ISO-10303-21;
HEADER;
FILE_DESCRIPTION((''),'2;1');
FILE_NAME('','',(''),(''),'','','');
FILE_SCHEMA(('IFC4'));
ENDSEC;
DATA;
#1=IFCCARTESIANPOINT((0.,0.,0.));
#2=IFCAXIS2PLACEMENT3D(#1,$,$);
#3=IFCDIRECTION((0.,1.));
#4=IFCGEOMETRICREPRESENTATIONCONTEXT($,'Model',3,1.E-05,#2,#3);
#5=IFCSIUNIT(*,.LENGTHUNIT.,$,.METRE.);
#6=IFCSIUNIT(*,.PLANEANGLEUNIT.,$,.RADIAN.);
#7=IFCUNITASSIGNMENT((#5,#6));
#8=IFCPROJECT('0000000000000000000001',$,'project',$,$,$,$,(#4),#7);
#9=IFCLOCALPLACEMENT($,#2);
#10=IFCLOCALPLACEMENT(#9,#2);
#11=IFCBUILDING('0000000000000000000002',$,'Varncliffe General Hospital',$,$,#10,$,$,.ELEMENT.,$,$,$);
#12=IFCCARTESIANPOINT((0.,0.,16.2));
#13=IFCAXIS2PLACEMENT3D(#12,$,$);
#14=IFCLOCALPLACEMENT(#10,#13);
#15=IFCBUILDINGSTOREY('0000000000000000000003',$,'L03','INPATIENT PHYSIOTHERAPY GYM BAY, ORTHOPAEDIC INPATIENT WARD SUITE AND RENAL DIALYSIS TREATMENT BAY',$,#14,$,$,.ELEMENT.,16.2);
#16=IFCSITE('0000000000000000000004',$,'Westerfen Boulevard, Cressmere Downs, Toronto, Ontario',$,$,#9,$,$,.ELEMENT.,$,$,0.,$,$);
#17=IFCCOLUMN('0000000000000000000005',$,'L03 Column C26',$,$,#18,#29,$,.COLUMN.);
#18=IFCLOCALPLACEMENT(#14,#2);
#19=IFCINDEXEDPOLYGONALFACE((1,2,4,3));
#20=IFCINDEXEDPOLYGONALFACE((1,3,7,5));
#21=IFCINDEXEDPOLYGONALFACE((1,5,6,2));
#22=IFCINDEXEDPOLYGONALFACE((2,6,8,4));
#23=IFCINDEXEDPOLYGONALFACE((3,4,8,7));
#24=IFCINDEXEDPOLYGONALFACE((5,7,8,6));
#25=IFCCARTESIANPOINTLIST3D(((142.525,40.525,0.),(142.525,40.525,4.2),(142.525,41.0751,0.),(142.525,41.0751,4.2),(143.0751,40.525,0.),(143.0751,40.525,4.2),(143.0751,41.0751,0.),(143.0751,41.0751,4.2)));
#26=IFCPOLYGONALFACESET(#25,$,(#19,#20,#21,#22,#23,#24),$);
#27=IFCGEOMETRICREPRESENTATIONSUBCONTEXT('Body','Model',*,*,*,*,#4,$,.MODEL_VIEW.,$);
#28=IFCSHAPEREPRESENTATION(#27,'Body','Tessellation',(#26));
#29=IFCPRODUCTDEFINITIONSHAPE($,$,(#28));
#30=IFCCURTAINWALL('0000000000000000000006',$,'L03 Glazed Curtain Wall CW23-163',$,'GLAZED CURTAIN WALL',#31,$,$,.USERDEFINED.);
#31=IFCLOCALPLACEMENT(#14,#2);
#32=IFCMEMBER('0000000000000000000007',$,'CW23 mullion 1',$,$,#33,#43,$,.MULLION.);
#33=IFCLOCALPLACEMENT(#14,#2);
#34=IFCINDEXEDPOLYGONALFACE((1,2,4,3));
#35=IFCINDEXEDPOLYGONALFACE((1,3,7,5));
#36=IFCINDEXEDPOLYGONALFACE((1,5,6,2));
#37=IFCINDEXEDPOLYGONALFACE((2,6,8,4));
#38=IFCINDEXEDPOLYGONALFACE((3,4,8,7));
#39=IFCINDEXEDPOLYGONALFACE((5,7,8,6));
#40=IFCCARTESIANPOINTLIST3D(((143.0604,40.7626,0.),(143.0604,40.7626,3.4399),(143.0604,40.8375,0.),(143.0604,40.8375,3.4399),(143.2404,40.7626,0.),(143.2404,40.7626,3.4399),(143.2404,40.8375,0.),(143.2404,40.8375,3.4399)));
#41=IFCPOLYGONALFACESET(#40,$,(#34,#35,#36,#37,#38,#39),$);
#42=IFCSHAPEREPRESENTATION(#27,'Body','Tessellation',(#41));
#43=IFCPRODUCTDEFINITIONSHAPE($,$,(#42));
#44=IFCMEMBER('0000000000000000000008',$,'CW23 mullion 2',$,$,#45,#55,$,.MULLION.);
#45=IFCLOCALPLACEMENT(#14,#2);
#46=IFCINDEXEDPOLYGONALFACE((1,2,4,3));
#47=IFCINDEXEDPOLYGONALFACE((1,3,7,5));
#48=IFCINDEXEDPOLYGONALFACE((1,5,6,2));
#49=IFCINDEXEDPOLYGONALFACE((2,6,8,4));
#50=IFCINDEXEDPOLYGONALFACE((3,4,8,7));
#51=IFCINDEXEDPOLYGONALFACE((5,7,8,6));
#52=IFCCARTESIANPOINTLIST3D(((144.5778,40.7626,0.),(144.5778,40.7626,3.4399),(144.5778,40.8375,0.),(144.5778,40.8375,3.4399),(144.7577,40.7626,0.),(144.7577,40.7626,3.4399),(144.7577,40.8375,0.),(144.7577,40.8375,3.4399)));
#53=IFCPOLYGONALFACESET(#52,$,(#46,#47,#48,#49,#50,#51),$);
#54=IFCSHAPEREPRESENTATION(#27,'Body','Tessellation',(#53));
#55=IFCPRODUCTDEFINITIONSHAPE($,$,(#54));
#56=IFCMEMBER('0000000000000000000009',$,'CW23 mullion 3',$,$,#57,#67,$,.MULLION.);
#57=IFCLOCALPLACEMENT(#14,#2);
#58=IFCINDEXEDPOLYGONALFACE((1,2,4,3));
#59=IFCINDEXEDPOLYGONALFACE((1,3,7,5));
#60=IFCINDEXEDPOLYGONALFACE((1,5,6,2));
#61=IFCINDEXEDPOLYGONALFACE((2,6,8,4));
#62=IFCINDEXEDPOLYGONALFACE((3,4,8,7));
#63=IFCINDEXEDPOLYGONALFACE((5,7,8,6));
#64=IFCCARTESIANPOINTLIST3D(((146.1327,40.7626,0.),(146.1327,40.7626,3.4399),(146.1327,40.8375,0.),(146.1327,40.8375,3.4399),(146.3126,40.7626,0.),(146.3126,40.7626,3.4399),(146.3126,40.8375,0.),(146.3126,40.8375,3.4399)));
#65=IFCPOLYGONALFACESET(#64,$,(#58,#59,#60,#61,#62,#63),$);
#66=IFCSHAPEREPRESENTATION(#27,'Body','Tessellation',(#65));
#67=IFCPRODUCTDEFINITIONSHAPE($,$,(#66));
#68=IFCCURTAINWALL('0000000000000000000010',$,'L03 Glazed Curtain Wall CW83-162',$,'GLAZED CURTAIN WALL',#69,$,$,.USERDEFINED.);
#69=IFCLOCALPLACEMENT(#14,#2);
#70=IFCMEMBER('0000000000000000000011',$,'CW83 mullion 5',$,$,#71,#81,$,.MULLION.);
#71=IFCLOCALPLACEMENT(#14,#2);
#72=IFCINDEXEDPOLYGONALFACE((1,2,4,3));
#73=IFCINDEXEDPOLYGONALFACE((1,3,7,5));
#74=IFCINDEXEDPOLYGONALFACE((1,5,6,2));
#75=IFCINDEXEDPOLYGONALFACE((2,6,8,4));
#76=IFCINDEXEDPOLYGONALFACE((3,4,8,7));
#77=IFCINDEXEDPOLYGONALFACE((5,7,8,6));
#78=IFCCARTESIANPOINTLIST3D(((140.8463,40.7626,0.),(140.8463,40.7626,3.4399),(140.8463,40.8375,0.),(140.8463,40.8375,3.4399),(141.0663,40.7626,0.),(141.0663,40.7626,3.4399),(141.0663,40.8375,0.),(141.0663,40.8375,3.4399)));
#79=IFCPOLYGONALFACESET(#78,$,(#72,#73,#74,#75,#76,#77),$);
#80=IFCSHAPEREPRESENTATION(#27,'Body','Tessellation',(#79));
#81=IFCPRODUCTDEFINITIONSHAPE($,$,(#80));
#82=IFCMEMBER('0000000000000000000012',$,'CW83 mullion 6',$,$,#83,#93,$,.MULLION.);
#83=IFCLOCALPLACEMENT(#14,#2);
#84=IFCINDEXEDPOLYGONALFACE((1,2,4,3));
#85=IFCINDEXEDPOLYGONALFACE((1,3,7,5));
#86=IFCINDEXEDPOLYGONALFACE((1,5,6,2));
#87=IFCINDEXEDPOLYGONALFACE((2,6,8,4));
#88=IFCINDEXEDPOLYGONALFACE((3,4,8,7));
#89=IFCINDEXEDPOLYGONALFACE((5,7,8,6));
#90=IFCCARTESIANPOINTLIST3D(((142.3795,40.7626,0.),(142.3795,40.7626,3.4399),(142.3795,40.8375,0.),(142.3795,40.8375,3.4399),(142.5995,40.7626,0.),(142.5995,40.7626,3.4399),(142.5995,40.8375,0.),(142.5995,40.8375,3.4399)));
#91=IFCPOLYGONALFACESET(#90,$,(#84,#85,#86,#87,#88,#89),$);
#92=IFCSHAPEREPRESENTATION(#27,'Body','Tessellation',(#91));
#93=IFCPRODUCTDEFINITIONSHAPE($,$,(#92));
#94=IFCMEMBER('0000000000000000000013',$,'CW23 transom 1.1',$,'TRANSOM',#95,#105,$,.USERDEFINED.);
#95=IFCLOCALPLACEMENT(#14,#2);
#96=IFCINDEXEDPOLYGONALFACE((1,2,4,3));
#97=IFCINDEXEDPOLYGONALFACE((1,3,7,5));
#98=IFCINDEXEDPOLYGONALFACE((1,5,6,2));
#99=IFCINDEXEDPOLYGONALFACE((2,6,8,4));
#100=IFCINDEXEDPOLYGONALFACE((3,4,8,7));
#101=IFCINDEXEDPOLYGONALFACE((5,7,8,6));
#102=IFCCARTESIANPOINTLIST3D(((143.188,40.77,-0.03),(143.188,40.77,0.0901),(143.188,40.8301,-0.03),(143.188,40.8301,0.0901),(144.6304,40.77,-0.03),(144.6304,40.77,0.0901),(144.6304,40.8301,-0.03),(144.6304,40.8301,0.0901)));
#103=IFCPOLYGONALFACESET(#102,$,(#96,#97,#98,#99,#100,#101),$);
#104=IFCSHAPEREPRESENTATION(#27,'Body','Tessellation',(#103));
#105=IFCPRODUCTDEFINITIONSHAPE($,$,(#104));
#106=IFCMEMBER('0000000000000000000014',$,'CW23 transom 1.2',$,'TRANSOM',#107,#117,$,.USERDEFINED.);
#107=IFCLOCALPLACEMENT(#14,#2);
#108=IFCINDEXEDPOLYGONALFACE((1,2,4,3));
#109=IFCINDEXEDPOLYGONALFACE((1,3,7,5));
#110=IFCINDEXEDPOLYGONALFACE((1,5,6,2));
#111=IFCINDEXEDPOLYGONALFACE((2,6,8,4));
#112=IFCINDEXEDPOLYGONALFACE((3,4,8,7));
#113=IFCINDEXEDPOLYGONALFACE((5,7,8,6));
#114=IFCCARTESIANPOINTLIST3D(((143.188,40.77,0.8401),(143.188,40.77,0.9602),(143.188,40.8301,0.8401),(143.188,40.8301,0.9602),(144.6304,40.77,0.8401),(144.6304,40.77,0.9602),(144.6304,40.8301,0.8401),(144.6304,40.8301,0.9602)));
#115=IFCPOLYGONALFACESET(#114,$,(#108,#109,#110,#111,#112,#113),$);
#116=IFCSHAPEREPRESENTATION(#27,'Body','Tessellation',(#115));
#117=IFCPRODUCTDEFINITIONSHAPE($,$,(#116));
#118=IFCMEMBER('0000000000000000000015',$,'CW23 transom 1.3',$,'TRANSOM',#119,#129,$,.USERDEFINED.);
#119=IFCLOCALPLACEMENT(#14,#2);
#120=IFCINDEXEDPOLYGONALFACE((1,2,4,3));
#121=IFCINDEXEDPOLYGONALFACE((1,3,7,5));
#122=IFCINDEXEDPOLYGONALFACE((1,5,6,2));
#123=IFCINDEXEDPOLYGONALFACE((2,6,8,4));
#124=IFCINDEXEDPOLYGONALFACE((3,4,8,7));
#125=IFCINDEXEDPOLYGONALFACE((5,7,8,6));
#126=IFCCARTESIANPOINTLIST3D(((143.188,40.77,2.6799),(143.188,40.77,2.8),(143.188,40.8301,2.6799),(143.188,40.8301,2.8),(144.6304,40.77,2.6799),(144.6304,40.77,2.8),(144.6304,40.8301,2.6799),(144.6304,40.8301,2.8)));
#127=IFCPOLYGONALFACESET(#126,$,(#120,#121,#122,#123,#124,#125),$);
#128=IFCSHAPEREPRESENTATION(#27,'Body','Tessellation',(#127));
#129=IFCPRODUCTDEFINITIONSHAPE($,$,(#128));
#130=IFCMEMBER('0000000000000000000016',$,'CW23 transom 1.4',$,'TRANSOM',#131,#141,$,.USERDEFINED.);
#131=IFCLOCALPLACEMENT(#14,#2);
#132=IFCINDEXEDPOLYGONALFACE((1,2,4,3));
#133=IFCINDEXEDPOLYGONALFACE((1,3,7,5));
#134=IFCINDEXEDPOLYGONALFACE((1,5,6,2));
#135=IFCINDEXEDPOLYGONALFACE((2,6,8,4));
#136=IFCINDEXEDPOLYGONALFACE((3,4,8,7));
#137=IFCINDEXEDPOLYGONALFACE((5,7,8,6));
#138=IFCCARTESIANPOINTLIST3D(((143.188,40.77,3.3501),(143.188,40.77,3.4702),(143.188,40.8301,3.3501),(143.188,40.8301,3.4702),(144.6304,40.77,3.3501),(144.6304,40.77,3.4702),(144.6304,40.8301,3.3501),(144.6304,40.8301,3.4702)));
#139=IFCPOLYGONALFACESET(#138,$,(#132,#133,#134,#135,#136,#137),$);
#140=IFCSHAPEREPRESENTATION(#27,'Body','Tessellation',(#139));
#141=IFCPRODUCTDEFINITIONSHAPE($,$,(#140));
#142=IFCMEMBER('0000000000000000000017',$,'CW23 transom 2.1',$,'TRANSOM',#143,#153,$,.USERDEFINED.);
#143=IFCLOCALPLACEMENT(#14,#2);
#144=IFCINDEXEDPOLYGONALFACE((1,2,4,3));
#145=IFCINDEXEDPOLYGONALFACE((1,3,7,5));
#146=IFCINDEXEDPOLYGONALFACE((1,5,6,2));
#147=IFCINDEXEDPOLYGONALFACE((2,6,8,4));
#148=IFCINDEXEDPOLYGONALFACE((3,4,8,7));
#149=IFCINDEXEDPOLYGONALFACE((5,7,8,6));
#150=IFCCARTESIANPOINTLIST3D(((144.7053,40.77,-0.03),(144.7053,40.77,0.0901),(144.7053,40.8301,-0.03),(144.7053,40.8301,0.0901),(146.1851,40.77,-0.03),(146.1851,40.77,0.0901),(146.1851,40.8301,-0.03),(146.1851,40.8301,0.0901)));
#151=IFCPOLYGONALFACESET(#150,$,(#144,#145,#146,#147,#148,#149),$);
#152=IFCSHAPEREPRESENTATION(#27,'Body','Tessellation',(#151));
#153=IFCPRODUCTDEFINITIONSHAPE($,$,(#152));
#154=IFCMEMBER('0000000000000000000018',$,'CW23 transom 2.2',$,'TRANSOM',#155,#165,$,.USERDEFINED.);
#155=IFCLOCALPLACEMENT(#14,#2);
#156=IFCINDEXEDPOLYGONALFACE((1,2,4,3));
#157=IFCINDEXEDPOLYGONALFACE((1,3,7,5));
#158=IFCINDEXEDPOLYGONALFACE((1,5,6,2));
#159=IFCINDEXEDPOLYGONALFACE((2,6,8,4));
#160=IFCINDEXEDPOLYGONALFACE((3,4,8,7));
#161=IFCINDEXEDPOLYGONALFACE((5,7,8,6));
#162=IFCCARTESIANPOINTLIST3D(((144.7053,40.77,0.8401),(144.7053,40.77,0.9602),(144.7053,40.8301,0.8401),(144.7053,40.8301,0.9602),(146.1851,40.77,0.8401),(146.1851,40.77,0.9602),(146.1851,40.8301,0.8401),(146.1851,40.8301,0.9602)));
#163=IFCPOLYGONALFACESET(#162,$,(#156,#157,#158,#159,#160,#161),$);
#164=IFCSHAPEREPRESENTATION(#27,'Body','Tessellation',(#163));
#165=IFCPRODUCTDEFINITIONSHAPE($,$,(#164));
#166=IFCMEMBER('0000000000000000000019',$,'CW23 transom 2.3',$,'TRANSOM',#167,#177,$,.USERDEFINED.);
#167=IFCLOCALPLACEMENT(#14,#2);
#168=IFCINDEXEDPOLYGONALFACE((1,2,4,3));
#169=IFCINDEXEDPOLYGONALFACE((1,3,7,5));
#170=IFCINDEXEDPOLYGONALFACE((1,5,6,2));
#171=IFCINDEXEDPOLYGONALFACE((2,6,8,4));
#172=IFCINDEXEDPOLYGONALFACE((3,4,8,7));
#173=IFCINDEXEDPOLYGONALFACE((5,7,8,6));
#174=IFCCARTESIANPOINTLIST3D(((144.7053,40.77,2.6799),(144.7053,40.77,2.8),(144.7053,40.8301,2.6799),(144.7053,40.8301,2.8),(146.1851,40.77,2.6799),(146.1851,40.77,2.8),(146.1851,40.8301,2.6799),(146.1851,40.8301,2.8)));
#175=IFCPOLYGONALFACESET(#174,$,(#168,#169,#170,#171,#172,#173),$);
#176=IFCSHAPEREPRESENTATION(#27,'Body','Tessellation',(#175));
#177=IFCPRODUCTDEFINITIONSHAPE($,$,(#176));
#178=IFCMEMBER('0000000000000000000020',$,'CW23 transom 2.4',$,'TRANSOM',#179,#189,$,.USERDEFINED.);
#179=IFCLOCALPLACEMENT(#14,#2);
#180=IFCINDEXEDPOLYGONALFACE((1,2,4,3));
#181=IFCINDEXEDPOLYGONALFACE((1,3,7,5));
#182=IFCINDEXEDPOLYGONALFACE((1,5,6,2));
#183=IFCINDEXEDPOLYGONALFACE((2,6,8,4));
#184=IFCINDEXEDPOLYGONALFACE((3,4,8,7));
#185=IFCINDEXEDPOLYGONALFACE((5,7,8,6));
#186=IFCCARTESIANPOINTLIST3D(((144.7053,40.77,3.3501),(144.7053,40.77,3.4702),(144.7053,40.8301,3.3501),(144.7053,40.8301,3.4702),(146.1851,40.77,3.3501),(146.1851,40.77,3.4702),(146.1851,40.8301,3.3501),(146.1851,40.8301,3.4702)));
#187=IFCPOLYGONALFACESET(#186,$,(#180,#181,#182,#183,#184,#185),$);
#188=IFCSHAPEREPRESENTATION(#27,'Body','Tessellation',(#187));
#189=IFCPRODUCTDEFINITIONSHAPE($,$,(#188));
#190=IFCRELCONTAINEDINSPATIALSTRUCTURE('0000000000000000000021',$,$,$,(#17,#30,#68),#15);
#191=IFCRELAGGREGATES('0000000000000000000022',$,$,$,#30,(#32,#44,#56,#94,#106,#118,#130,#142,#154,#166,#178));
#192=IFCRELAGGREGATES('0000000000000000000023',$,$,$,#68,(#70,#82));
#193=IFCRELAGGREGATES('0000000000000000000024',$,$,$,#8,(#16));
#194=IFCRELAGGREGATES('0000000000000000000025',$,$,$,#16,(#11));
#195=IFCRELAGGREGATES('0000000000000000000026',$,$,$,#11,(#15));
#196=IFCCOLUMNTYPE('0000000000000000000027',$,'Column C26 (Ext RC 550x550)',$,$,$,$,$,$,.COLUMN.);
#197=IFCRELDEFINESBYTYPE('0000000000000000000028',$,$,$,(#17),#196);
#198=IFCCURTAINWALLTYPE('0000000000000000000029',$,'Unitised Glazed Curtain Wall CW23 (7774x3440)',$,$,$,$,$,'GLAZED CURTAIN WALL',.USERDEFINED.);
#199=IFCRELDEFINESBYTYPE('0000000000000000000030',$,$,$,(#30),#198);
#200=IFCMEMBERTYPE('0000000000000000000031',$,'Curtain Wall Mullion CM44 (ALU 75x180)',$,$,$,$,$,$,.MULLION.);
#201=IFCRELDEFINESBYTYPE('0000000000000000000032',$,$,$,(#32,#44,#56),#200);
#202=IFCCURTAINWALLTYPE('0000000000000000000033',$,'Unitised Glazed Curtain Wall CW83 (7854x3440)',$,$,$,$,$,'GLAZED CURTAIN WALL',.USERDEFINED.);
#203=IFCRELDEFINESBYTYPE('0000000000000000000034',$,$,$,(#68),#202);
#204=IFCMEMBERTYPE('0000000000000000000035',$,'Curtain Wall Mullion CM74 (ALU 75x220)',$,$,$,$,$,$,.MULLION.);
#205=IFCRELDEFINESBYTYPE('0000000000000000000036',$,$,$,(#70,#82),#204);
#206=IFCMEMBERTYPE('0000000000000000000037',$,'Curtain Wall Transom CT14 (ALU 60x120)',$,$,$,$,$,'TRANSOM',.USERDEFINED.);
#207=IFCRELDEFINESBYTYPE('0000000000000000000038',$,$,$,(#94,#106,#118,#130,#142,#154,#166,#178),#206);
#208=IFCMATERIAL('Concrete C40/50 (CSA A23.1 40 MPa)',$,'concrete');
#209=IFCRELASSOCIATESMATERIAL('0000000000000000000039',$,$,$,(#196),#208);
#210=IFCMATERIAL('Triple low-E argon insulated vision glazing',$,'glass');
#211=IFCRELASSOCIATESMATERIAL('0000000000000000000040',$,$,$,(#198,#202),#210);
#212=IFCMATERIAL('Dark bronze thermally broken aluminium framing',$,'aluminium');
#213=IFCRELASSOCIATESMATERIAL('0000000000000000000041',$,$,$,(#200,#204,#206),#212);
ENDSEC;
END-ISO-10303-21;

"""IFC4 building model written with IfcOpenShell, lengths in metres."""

from ifc_helpers import new_model, si_unit, direction, frame, origin, origin_2d, place, context, subcontext, project, spatial, rectangle, extrude, material, material_profile, profile_set, type_object, element, aggregate, save


model = new_model("IFC4")

# Units and contexts
model_context = context("Model", 3, precision=1e-05, world=origin(), true_north=direction((0.0, 1.0)))
body_context = subcontext(model_context, "Body", "Model", "MODEL_VIEW")
ifc_project = project(units=[si_unit("LENGTHUNIT", "METRE"), si_unit("PLANEANGLEUNIT", "RADIAN")], contexts=[model_context])

# Site, building, storey
site_placement = place(None, origin())
site = spatial("IfcSite", under=ifc_project, at=site_placement, Name="Westerfen Boulevard, Cressmere Downs, Toronto, Ontario", CompositionType="ELEMENT", RefElevation=0.0)
building_placement = place(site_placement, origin())
building = spatial("IfcBuilding", under=site, at=building_placement, Name="Varncliffe General Hospital", CompositionType="ELEMENT")
storey_placement = place(building_placement, frame((0.0, 0.0, 16.2)))
storey = spatial("IfcBuildingStorey", under=building, at=storey_placement, Name="L03", Description="INPATIENT PHYSIOTHERAPY GYM BAY, ORTHOPAEDIC INPATIENT WARD SUITE AND RENAL DIALYSIS TREATMENT BAY", CompositionType="ELEMENT", Elevation=16.2)

# Column
ifc_material_1 = material(Name="Concrete C40/50 (CSA A23.1 40 MPa)", Category="concrete")
ifc_material_profile_1 = material_profile(ifc_material_1, rectangle(XDim=0.55, YDim=0.55, at=origin_2d()), Name="RC 550x550")
ifc_profile_set_1 = profile_set([ifc_material_profile_1], Name="Concrete C40/50 (CSA A23.1 40 MPa)")
column_type = type_object("IfcColumnType", Name="Column C26 (Ext RC 550x550)", PredefinedType="COLUMN", material=ifc_profile_set_1)
column_placement = place(storey_placement, frame((142.8, 40.8, 0.0), z_axis=(0.0, 0.0, 1.0), x_axis=(1.0, 0.0, 0.0)))
element("IfcColumn", 1, at=column_placement, inside=storey, type_object=column_type, Name="L03 Column C26", PredefinedType="COLUMN", context=body_context, shape_type="SweptSolid", body=[
    extrude(rectangle(XDim=0.55, YDim=0.55, at=origin_2d()), origin(), (0.0, 0.0, 1.0), 4.2),
])

# Curtain walls, members
ifc_material_2 = material(Name="Triple low-E argon insulated vision glazing", Category="glass")
curtain_wall_type_1 = type_object("IfcCurtainWallType", Name="Unitised Glazed Curtain Wall CW23 (7774x3440)", ElementType="GLAZED CURTAIN WALL", PredefinedType="USERDEFINED", material=ifc_material_2)
curtain_wall_1_placement = place(storey_placement, origin())
curtain_wall_1 = element("IfcCurtainWall", 2, at=curtain_wall_1_placement, inside=storey, type_object=curtain_wall_type_1, Name="L03 Glazed Curtain Wall CW23-163", ObjectType="GLAZED CURTAIN WALL", PredefinedType="USERDEFINED")
ifc_material_3 = material(Name="Dark bronze thermally broken aluminium framing", Category="aluminium")
ifc_material_profile_2 = material_profile(ifc_material_3, rectangle(XDim=0.075, YDim=0.1799, at=origin_2d()), Name="ALU 75x180")
ifc_profile_set_2 = profile_set([ifc_material_profile_2], Name="Dark bronze thermally broken aluminium framing")
member_type_1 = type_object("IfcMemberType", Name="Curtain Wall Mullion CM44 (ALU 75x180)", PredefinedType="MULLION", material=ifc_profile_set_2)
member_1_placement = place(storey_placement, frame((143.1504, 40.8, 0.0), z_axis=(0.0, 0.0, 1.0), x_axis=(0.0, 1.0, 0.0)))
member_1 = element("IfcMember", 3, at=member_1_placement, type_object=member_type_1, Name="CW23 mullion 1", PredefinedType="MULLION", context=body_context, shape_type="SweptSolid", body=[
    extrude(rectangle(XDim=0.075, YDim=0.1799, at=origin_2d()), origin(), (0.0, 0.0, 1.0), 3.4399),
])
member_2_placement = place(storey_placement, frame((144.6677, 40.8, 0.0), z_axis=(0.0, 0.0, 1.0), x_axis=(0.0, 1.0, 0.0)))
member_2 = element("IfcMember", 4, at=member_2_placement, type_object=member_type_1, Name="CW23 mullion 2", PredefinedType="MULLION", context=body_context, shape_type="SweptSolid", body=[
    extrude(rectangle(XDim=0.075, YDim=0.1799, at=origin_2d()), origin(), (0.0, 0.0, 1.0), 3.4399),
])
member_3_placement = place(storey_placement, frame((146.2227, 40.8, 0.0), z_axis=(0.0, 0.0, 1.0), x_axis=(0.0, 1.0, 0.0)))
member_3 = element("IfcMember", 5, at=member_3_placement, type_object=member_type_1, Name="CW23 mullion 3", PredefinedType="MULLION", context=body_context, shape_type="SweptSolid", body=[
    extrude(rectangle(XDim=0.075, YDim=0.1799, at=origin_2d()), origin(), (0.0, 0.0, 1.0), 3.4399),
])
curtain_wall_type_2 = type_object("IfcCurtainWallType", Name="Unitised Glazed Curtain Wall CW83 (7854x3440)", ElementType="GLAZED CURTAIN WALL", PredefinedType="USERDEFINED", material=ifc_material_2)
curtain_wall_2_placement = place(storey_placement, origin())
curtain_wall_2 = element("IfcCurtainWall", 6, at=curtain_wall_2_placement, inside=storey, type_object=curtain_wall_type_2, Name="L03 Glazed Curtain Wall CW83-162", ObjectType="GLAZED CURTAIN WALL", PredefinedType="USERDEFINED")
ifc_material_profile_3 = material_profile(ifc_material_3, rectangle(XDim=0.075, YDim=0.22, at=origin_2d()), Name="ALU 75x220")
ifc_profile_set_3 = profile_set([ifc_material_profile_3], Name="Dark bronze thermally broken aluminium framing")
member_type_2 = type_object("IfcMemberType", Name="Curtain Wall Mullion CM74 (ALU 75x220)", PredefinedType="MULLION", material=ifc_profile_set_3)
member_4_placement = place(storey_placement, frame((140.9563, 40.8, 0.0), z_axis=(0.0, 0.0, 1.0), x_axis=(0.0, 1.0, 0.0)))
member_4 = element("IfcMember", 7, at=member_4_placement, type_object=member_type_2, Name="CW83 mullion 5", PredefinedType="MULLION", context=body_context, shape_type="SweptSolid", body=[
    extrude(rectangle(XDim=0.075, YDim=0.22, at=origin_2d()), origin(), (0.0, 0.0, 1.0), 3.4399),
])
member_5_placement = place(storey_placement, frame((142.4895, 40.8, 0.0), z_axis=(0.0, 0.0, 1.0), x_axis=(0.0, 1.0, 0.0)))
member_5 = element("IfcMember", 8, at=member_5_placement, type_object=member_type_2, Name="CW83 mullion 6", PredefinedType="MULLION", context=body_context, shape_type="SweptSolid", body=[
    extrude(rectangle(XDim=0.075, YDim=0.22, at=origin_2d()), origin(), (0.0, 0.0, 1.0), 3.4399),
])

# Members
ifc_material_profile_4 = material_profile(ifc_material_3, rectangle(XDim=0.0601, YDim=0.1201, at=origin_2d()), Name="ALU 60x120")
ifc_profile_set_4 = profile_set([ifc_material_profile_4], Name="Dark bronze thermally broken aluminium framing")
member_type_3 = type_object("IfcMemberType", Name="Curtain Wall Transom CT14 (ALU 60x120)", ElementType="TRANSOM", PredefinedType="USERDEFINED", material=ifc_profile_set_4)
member_6_placement = place(storey_placement, frame((143.188, 40.8, 0.03), z_axis=(1.0, 0.0, 0.0), x_axis=(0.0, 1.0, 0.0)))
member_6 = element("IfcMember", 9, at=member_6_placement, type_object=member_type_3, Name="CW23 transom 1.1", ObjectType="TRANSOM", PredefinedType="USERDEFINED", context=body_context, shape_type="SweptSolid", body=[
    extrude(rectangle(XDim=0.0601, YDim=0.1201, at=origin_2d()), origin(), (0.0, 0.0, 1.0), 1.4424),
])
member_7_placement = place(storey_placement, frame((143.188, 40.8, 0.9001), z_axis=(1.0, 0.0, 0.0), x_axis=(0.0, 1.0, 0.0)))
member_7 = element("IfcMember", 10, at=member_7_placement, type_object=member_type_3, Name="CW23 transom 1.2", ObjectType="TRANSOM", PredefinedType="USERDEFINED", context=body_context, shape_type="SweptSolid", body=[
    extrude(rectangle(XDim=0.0601, YDim=0.1201, at=origin_2d()), origin(), (0.0, 0.0, 1.0), 1.4424),
])
member_8_placement = place(storey_placement, frame((143.188, 40.8, 2.74), z_axis=(1.0, 0.0, 0.0), x_axis=(0.0, 1.0, 0.0)))
member_8 = element("IfcMember", 11, at=member_8_placement, type_object=member_type_3, Name="CW23 transom 1.3", ObjectType="TRANSOM", PredefinedType="USERDEFINED", context=body_context, shape_type="SweptSolid", body=[
    extrude(rectangle(XDim=0.0601, YDim=0.1201, at=origin_2d()), origin(), (0.0, 0.0, 1.0), 1.4424),
])
member_9_placement = place(storey_placement, frame((143.188, 40.8, 3.4102), z_axis=(1.0, 0.0, 0.0), x_axis=(0.0, 1.0, 0.0)))
member_9 = element("IfcMember", 12, at=member_9_placement, type_object=member_type_3, Name="CW23 transom 1.4", ObjectType="TRANSOM", PredefinedType="USERDEFINED", context=body_context, shape_type="SweptSolid", body=[
    extrude(rectangle(XDim=0.0601, YDim=0.1201, at=origin_2d()), origin(), (0.0, 0.0, 1.0), 1.4424),
])
member_10_placement = place(storey_placement, frame((144.7053, 40.8, 0.03), z_axis=(1.0, 0.0, 0.0), x_axis=(0.0, 1.0, 0.0)))
member_10 = element("IfcMember", 13, at=member_10_placement, type_object=member_type_3, Name="CW23 transom 2.1", ObjectType="TRANSOM", PredefinedType="USERDEFINED", context=body_context, shape_type="SweptSolid", body=[
    extrude(rectangle(XDim=0.0601, YDim=0.1201, at=origin_2d()), origin(), (0.0, 0.0, 1.0), 1.4797),
])
member_11_placement = place(storey_placement, frame((144.7053, 40.8, 0.9001), z_axis=(1.0, 0.0, 0.0), x_axis=(0.0, 1.0, 0.0)))
member_11 = element("IfcMember", 14, at=member_11_placement, type_object=member_type_3, Name="CW23 transom 2.2", ObjectType="TRANSOM", PredefinedType="USERDEFINED", context=body_context, shape_type="SweptSolid", body=[
    extrude(rectangle(XDim=0.0601, YDim=0.1201, at=origin_2d()), origin(), (0.0, 0.0, 1.0), 1.4797),
])
member_12_placement = place(storey_placement, frame((144.7053, 40.8, 2.74), z_axis=(1.0, 0.0, 0.0), x_axis=(0.0, 1.0, 0.0)))
member_12 = element("IfcMember", 15, at=member_12_placement, type_object=member_type_3, Name="CW23 transom 2.3", ObjectType="TRANSOM", PredefinedType="USERDEFINED", context=body_context, shape_type="SweptSolid", body=[
    extrude(rectangle(XDim=0.0601, YDim=0.1201, at=origin_2d()), origin(), (0.0, 0.0, 1.0), 1.4797),
])
member_13_placement = place(storey_placement, frame((144.7053, 40.8, 3.4102), z_axis=(1.0, 0.0, 0.0), x_axis=(0.0, 1.0, 0.0)))
member_13 = element("IfcMember", 16, at=member_13_placement, type_object=member_type_3, Name="CW23 transom 2.4", ObjectType="TRANSOM", PredefinedType="USERDEFINED", context=body_context, shape_type="SweptSolid", body=[
    extrude(rectangle(XDim=0.0601, YDim=0.1201, at=origin_2d()), origin(), (0.0, 0.0, 1.0), 1.4797),
])

aggregate(curtain_wall_1, [member_1, member_2, member_3, member_6, member_7, member_8, member_9, member_10, member_11, member_12, member_13])
aggregate(curtain_wall_2, [member_4, member_5])

save(model, "model.ifc")
